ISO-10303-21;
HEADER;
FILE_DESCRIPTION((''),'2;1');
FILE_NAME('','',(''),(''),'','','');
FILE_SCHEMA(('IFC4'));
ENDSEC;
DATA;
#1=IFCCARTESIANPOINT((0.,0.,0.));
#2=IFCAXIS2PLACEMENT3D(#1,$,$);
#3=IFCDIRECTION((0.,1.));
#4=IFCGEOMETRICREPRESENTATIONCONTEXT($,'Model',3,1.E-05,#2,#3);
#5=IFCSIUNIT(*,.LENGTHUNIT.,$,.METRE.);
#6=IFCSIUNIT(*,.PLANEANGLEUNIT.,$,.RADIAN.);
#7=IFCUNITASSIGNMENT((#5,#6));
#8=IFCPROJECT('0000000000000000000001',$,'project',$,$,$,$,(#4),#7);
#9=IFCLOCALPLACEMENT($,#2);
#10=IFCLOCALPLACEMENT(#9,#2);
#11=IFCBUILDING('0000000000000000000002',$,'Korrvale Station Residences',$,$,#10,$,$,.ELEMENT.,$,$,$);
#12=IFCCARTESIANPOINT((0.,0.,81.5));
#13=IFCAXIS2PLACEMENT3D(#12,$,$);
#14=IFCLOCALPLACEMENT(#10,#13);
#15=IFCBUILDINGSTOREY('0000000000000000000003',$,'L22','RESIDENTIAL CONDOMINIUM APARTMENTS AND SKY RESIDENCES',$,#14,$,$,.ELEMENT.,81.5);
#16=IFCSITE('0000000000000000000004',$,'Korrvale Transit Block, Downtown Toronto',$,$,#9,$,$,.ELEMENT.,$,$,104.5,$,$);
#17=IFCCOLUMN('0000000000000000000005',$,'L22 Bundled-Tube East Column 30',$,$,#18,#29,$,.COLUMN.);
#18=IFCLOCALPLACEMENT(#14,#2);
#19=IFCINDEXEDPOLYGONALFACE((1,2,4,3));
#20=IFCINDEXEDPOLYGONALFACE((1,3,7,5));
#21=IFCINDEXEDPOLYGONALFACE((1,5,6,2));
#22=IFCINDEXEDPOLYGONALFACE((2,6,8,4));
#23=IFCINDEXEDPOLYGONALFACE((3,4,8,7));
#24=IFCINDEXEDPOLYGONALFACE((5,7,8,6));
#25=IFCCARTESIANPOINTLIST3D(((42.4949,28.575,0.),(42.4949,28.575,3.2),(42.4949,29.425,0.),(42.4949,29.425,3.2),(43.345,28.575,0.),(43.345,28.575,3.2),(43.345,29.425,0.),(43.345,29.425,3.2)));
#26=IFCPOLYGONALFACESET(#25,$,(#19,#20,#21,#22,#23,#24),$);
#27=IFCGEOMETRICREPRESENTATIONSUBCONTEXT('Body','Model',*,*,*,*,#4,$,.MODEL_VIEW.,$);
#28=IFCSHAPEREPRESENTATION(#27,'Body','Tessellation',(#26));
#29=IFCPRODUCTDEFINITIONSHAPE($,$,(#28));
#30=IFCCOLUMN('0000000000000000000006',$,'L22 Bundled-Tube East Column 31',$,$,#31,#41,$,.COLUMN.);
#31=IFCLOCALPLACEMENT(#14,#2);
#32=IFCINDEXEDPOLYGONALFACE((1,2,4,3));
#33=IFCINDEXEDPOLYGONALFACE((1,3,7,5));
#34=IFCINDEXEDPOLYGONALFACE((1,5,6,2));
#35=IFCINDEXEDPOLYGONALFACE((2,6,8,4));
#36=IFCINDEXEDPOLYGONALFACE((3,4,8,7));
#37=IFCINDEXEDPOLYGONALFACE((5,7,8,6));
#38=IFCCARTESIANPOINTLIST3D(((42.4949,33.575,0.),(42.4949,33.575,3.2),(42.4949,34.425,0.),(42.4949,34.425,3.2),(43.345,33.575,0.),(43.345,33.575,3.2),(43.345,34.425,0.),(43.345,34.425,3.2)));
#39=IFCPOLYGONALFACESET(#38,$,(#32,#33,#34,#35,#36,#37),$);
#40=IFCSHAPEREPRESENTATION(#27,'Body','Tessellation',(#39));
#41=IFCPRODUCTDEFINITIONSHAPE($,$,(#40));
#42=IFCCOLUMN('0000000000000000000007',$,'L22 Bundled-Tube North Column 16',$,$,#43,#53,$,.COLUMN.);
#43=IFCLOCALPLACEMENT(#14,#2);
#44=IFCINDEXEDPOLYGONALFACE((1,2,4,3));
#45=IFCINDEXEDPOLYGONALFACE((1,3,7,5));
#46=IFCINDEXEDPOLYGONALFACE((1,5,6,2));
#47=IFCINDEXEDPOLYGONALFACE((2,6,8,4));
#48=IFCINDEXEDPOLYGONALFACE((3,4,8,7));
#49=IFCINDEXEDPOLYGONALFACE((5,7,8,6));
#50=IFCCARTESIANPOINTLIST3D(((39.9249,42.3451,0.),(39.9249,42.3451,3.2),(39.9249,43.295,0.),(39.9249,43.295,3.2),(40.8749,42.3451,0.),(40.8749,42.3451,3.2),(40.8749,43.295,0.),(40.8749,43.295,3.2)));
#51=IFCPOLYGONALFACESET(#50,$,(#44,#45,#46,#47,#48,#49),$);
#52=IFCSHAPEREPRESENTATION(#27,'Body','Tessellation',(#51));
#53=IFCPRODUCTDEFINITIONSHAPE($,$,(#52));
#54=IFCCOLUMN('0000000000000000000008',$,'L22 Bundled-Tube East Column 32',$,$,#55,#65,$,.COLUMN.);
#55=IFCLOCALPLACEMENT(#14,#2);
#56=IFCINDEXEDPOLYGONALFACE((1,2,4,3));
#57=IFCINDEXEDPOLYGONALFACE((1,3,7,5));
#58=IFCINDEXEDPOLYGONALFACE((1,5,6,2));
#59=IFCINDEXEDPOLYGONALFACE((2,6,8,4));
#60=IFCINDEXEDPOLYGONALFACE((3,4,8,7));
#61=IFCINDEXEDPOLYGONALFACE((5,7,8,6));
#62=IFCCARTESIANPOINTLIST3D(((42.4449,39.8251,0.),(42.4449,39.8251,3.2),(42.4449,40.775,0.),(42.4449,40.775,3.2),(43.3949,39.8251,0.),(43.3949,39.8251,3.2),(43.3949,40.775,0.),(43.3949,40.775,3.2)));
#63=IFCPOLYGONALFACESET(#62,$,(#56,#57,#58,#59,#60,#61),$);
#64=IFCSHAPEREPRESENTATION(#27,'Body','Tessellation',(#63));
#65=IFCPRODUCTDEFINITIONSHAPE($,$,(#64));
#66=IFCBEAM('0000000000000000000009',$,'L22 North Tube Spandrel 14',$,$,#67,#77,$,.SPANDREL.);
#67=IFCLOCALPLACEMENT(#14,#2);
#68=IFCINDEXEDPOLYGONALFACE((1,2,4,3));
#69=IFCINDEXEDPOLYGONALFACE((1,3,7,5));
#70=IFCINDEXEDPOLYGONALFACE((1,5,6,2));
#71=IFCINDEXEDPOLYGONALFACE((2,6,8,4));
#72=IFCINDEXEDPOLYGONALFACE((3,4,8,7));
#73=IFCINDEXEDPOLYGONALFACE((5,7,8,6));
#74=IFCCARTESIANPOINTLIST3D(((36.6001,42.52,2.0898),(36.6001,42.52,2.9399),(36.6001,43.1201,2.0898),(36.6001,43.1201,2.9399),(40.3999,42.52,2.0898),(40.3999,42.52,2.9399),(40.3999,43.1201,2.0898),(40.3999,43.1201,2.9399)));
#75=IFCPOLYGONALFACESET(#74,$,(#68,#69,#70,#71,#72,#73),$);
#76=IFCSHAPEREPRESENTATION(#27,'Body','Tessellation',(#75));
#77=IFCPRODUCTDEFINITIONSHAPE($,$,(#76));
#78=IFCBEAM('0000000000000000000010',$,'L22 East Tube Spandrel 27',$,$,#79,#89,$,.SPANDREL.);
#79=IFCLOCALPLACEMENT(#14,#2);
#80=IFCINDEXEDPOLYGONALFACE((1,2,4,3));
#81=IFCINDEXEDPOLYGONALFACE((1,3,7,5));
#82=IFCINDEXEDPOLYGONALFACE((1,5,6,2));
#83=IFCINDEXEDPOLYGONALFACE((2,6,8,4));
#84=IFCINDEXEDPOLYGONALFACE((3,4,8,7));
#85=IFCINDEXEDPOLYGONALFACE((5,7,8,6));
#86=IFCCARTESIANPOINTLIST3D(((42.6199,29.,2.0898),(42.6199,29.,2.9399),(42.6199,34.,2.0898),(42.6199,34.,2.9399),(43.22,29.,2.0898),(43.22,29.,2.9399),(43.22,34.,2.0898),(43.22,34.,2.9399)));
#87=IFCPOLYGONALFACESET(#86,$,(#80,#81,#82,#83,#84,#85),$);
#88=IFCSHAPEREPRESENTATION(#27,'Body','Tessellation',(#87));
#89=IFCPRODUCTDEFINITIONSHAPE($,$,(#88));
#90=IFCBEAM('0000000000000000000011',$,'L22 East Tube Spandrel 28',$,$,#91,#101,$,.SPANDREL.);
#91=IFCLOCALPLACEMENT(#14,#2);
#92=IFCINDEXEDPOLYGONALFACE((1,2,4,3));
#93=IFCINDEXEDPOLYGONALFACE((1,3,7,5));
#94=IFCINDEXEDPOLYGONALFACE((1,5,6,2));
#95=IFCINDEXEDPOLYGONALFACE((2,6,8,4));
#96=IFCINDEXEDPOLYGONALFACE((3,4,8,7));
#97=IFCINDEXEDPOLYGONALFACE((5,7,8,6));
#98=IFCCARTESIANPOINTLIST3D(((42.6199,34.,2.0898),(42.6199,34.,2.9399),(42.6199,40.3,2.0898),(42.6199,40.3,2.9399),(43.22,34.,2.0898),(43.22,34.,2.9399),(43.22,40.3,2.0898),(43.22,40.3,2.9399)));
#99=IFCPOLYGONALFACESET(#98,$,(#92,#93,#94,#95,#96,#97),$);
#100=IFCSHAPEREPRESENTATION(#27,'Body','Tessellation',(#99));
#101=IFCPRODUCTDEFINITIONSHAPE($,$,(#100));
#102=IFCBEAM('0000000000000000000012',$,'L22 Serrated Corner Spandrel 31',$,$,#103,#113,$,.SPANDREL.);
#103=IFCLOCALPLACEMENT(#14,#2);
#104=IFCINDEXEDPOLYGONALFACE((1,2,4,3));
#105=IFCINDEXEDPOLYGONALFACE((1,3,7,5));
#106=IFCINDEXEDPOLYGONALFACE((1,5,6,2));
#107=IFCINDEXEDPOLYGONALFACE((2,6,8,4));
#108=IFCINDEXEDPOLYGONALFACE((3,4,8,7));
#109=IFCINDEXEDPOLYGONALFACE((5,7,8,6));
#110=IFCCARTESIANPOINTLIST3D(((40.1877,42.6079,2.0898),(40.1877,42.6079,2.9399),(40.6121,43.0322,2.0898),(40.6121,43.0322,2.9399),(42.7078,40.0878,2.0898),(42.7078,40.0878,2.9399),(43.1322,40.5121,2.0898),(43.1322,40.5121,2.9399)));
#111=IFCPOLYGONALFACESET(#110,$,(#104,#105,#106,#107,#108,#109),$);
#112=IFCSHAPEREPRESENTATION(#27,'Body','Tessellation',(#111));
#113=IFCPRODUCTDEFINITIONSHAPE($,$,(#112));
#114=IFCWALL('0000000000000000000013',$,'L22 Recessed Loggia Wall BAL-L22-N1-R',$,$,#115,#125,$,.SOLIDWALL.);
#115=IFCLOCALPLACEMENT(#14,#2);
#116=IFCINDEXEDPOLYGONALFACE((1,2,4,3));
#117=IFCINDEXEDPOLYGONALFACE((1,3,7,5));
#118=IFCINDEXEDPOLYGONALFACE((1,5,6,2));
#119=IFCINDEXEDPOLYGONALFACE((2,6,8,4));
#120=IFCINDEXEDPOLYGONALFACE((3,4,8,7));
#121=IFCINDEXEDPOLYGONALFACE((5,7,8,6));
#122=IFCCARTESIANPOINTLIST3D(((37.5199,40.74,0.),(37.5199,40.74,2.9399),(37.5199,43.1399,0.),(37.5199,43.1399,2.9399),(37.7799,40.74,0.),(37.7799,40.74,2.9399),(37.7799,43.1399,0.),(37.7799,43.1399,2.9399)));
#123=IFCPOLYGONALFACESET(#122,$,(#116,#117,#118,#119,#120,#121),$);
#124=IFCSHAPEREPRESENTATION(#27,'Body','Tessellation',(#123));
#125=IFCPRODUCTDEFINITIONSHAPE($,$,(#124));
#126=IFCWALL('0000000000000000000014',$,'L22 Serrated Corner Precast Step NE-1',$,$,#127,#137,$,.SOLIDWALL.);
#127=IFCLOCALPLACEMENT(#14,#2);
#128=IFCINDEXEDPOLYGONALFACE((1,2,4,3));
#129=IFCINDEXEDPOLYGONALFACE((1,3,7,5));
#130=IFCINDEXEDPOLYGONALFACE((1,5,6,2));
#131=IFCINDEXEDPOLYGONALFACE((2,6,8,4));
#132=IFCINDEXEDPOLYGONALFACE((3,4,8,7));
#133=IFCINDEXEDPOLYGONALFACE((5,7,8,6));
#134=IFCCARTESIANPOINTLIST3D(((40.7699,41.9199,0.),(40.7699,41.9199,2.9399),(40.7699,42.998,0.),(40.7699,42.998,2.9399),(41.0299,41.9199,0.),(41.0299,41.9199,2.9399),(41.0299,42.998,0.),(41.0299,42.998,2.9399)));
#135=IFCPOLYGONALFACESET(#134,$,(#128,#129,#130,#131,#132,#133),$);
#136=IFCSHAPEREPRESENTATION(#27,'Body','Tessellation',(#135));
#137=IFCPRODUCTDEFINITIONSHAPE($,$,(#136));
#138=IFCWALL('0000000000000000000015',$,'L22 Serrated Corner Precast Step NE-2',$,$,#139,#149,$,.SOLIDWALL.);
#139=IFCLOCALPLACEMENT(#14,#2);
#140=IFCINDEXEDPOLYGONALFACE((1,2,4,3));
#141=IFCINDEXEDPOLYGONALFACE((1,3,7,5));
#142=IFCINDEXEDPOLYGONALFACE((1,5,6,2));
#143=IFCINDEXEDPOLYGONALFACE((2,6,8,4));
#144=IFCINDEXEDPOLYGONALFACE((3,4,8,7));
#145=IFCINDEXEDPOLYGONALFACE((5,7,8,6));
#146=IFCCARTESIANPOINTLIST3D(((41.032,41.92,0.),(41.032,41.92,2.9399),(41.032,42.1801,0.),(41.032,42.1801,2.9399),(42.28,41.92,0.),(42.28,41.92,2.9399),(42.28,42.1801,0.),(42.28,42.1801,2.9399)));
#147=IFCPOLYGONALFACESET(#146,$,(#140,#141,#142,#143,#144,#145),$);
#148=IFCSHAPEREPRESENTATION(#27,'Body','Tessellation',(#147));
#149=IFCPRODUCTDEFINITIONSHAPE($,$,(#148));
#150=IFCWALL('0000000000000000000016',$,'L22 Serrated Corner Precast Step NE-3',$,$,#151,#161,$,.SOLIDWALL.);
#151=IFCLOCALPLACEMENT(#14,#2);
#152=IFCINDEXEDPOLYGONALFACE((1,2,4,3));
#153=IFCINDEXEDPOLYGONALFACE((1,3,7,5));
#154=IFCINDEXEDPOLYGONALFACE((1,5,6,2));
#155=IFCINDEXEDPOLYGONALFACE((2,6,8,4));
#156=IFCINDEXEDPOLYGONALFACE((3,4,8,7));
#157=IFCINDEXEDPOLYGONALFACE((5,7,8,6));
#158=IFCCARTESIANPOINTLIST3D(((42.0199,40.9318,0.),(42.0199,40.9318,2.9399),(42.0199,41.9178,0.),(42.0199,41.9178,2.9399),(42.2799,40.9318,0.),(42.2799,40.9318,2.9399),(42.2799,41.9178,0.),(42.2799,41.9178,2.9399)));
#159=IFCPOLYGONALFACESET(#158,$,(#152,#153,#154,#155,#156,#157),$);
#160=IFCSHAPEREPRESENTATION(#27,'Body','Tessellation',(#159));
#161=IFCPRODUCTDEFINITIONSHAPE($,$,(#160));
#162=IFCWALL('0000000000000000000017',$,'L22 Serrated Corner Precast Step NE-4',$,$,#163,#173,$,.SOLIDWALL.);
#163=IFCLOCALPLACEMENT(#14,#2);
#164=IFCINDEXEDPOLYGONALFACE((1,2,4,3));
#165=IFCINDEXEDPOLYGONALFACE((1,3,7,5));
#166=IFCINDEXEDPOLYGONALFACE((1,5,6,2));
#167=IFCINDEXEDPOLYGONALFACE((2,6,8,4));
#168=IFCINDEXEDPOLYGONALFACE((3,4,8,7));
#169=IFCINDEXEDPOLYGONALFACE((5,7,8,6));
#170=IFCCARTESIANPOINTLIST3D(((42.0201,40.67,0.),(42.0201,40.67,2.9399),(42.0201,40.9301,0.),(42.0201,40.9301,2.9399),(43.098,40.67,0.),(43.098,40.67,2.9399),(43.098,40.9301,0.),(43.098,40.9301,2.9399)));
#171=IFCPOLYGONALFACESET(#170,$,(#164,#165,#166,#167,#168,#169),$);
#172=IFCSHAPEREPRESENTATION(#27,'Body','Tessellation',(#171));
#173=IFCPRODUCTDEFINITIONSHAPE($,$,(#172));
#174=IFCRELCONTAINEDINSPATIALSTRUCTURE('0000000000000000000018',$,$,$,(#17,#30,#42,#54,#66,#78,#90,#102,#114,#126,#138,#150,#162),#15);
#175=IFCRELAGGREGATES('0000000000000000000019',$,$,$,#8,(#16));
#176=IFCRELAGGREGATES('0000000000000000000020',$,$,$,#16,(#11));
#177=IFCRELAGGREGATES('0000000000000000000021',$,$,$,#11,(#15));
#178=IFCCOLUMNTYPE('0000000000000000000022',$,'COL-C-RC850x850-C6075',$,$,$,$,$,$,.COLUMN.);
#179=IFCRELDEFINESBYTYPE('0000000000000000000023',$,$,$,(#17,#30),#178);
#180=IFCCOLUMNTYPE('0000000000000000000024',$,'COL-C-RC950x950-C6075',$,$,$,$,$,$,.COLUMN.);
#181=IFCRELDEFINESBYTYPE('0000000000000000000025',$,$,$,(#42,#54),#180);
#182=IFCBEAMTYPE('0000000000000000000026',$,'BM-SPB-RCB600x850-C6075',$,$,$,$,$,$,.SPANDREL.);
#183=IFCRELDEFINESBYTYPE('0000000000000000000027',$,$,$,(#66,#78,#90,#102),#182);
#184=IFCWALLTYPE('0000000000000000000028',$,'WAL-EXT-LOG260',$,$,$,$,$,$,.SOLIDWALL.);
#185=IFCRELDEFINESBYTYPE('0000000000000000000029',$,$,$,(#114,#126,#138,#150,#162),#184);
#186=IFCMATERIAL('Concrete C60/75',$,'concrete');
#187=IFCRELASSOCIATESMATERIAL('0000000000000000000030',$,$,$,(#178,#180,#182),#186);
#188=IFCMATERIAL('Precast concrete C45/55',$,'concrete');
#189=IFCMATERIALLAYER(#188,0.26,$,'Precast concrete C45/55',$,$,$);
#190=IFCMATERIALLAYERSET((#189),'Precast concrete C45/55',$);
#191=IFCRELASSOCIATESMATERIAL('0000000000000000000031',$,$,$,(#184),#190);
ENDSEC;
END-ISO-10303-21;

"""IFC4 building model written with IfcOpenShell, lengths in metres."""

from ifc_helpers import new_model, si_unit, direction, frame, frame_2d, origin, origin_2d, place, context, subcontext, project, spatial, rectangle, extrude, material, layer, layer_set, material_profile, profile_set, type_object, element, save


model = new_model("IFC4")

# Units and contexts
model_context = context("Model", 3, precision=1e-05, world=origin(), true_north=direction((0.0, 1.0)))
body_context = subcontext(model_context, "Body", "Model", "MODEL_VIEW")
ifc_project = project(units=[si_unit("LENGTHUNIT", "METRE"), si_unit("PLANEANGLEUNIT", "RADIAN")], contexts=[model_context])

# Site, building, storey
site_placement = place(None, origin())
site = spatial("IfcSite", under=ifc_project, at=site_placement, Name="Korrvale Transit Block, Downtown Toronto", CompositionType="ELEMENT", RefElevation=104.5)
building_placement = place(site_placement, origin())
building = spatial("IfcBuilding", under=site, at=building_placement, Name="Korrvale Station Residences", CompositionType="ELEMENT")
storey_placement = place(building_placement, frame((0.0, 0.0, 81.5)))
storey = spatial("IfcBuildingStorey", under=building, at=storey_placement, Name="L22", Description="RESIDENTIAL CONDOMINIUM APARTMENTS AND SKY RESIDENCES", CompositionType="ELEMENT", Elevation=81.5)

# Columns
ifc_material_1 = material(Name="Concrete C60/75", Category="concrete")
ifc_material_profile_1 = material_profile(ifc_material_1, rectangle(XDim=0.8501, YDim=0.8501, at=origin_2d()), Name="RC850x850")
ifc_profile_set_1 = profile_set([ifc_material_profile_1], Name="Concrete C60/75")
column_type_1 = type_object("IfcColumnType", Name="COL-C-RC850x850-C6075", PredefinedType="COLUMN", material=ifc_profile_set_1)
for number, where, z_axis, x_axis, name in (
    (1, (42.9199, 29.0, 0.0), (0.0, 0.0, 1.0), (1.0, 0.0, 0.0), "L22 Bundled-Tube East Column 30"),
    (2, (42.9199, 34.0, 0.0), (0.0, 0.0, 1.0), (1.0, 0.0, 0.0), "L22 Bundled-Tube East Column 31"),
):
    element("IfcColumn", number, at=place(storey_placement, frame(where, z_axis=z_axis, x_axis=x_axis)), inside=storey, type_object=column_type_1, Name=name, PredefinedType="COLUMN", context=body_context, shape_type="SweptSolid", body=[
        extrude(rectangle(XDim=0.8501, YDim=0.8501, at=origin_2d()), origin(), (0.0, 0.0, 1.0), 3.2),
    ])
ifc_material_profile_2 = material_profile(ifc_material_1, rectangle(XDim=0.95, YDim=0.95, at=origin_2d()), Name="RC950x950")
ifc_profile_set_2 = profile_set([ifc_material_profile_2], Name="Concrete C60/75")
column_type_2 = type_object("IfcColumnType", Name="COL-C-RC950x950-C6075", PredefinedType="COLUMN", material=ifc_profile_set_2)
for number, where, z_axis, x_axis, name in (
    (3, (40.3999, 42.8201, 0.0), (0.0, 0.0, 1.0), (1.0, 0.0, 0.0), "L22 Bundled-Tube North Column 16"),
    (4, (42.9199, 40.3, 0.0), (0.0, 0.0, 1.0), (1.0, 0.0, 0.0), "L22 Bundled-Tube East Column 32"),
):
    element("IfcColumn", number, at=place(storey_placement, frame(where, z_axis=z_axis, x_axis=x_axis)), inside=storey, type_object=column_type_2, Name=name, PredefinedType="COLUMN", context=body_context, shape_type="SweptSolid", body=[
        extrude(rectangle(XDim=0.95, YDim=0.95, at=origin_2d()), origin(), (0.0, 0.0, 1.0), 3.2),
    ])

# Beams
ifc_material_profile_3 = material_profile(ifc_material_1, rectangle(XDim=0.6001, YDim=0.8501, at=origin_2d()), Name="RCB600x850")
ifc_profile_set_3 = profile_set([ifc_material_profile_3], Name="Concrete C60/75")
beam_type = type_object("IfcBeamType", Name="BM-SPB-RCB600x850-C6075", PredefinedType="SPANDREL", material=ifc_profile_set_3)
beam_1_placement = place(storey_placement, frame((36.6001, 42.8201, 2.5149), z_axis=(1.0, 0.0, 0.0), x_axis=(0.0, 1.0, 0.0)))
element("IfcBeam", 5, at=beam_1_placement, inside=storey, type_object=beam_type, Name="L22 North Tube Spandrel 14", PredefinedType="SPANDREL", context=body_context, shape_type="SweptSolid", body=[
    extrude(rectangle(XDim=0.6001, YDim=0.8501, at=origin_2d()), origin(), (0.0, 0.0, 1.0), 3.7998),
])
beam_2_placement = place(storey_placement, frame((42.9199, 29.0, 2.5149), z_axis=(0.0, 1.0, 0.0), x_axis=(-1.0, 0.0, 0.0)))
element("IfcBeam", 6, at=beam_2_placement, inside=storey, type_object=beam_type, Name="L22 East Tube Spandrel 27", PredefinedType="SPANDREL", context=body_context, shape_type="SweptSolid", body=[
    extrude(rectangle(XDim=0.6001, YDim=0.8501, at=origin_2d()), origin(), (0.0, 0.0, 1.0), 5.0),
])
beam_3_placement = place(storey_placement, frame((42.9199, 34.0, 2.5149), z_axis=(0.0, 1.0, 0.0), x_axis=(-1.0, 0.0, 0.0)))
element("IfcBeam", 7, at=beam_3_placement, inside=storey, type_object=beam_type, Name="L22 East Tube Spandrel 28", PredefinedType="SPANDREL", context=body_context, shape_type="SweptSolid", body=[
    extrude(rectangle(XDim=0.6001, YDim=0.8501, at=origin_2d()), origin(), (0.0, 0.0, 1.0), 6.3),
])
beam_4_placement = place(storey_placement, frame((40.3999, 42.8201, 2.5149), z_axis=(0.707107, -0.707107, 0.0), x_axis=(0.707107, 0.707107, 0.0)))
element("IfcBeam", 8, at=beam_4_placement, inside=storey, type_object=beam_type, Name="L22 Serrated Corner Spandrel 31", PredefinedType="SPANDREL", context=body_context, shape_type="SweptSolid", body=[
    extrude(rectangle(XDim=0.6001, YDim=0.8501, at=origin_2d()), origin(), (0.0, 0.0, 1.0), 3.564),
])

# Walls
ifc_material_2 = material(Name="Precast concrete C45/55", Category="concrete")
ifc_layer_1 = layer(ifc_material_2, 0.26, Name="Precast concrete C45/55")
ifc_layer_set_1 = layer_set([ifc_layer_1], Name="Precast concrete C45/55")
wall_type_1 = type_object("IfcWallType", Name="WAL-EXT-LOG260", PredefinedType="SOLIDWALL", material=ifc_layer_set_1)
wall_1_placement = place(storey_placement, frame((37.6499, 40.74, 0.0), z_axis=(0.0, 0.0, 1.0), x_axis=(0.0, 1.0, 0.0)))
element("IfcWall", 9, at=wall_1_placement, inside=storey, type_object=wall_type_1, Name="L22 Recessed Loggia Wall BAL-L22-N1-R", PredefinedType="SOLIDWALL", context=body_context, shape_type="SweptSolid", body=[
    extrude(rectangle(XDim=2.3999, YDim=0.26, at=frame_2d((1.2, 0.0))), origin(), (0.0, 0.0, 1.0), 2.9399),
])
wall_2_placement = place(storey_placement, frame((40.8999, 42.998, 0.0), z_axis=(0.0, 0.0, 1.0), x_axis=(0.0, -1.0, 0.0)))
element("IfcWall", 10, at=wall_2_placement, inside=storey, type_object=wall_type_1, Name="L22 Serrated Corner Precast Step NE-1", PredefinedType="SOLIDWALL", context=body_context, shape_type="SweptSolid", body=[
    extrude(rectangle(XDim=1.0781, YDim=0.26, at=frame_2d((0.5391, 0.0))), origin(), (0.0, 0.0, 1.0), 2.9399),
])
wall_3_placement = place(storey_placement, frame((41.032, 42.05, 0.0), z_axis=(0.0, 0.0, 1.0), x_axis=(1.0, 0.0, 0.0)))
element("IfcWall", 11, at=wall_3_placement, inside=storey, type_object=wall_type_1, Name="L22 Serrated Corner Precast Step NE-2", PredefinedType="SOLIDWALL", context=body_context, shape_type="SweptSolid", body=[
    extrude(rectangle(XDim=1.248, YDim=0.26, at=frame_2d((0.624, 0.0))), origin(), (0.0, 0.0, 1.0), 2.9399),
])
wall_4_placement = place(storey_placement, frame((42.1499, 41.918, 0.0), z_axis=(0.0, 0.0, 1.0), x_axis=(0.0, -1.0, 0.0)))
element("IfcWall", 12, at=wall_4_placement, inside=storey, type_object=wall_type_1, Name="L22 Serrated Corner Precast Step NE-3", PredefinedType="SOLIDWALL", context=body_context, shape_type="SweptSolid", body=[
    extrude(rectangle(XDim=0.9861, YDim=0.26, at=frame_2d((0.4932, 0.0))), origin(), (0.0, 0.0, 1.0), 2.9399),
])
wall_5_placement = place(storey_placement, frame((42.02, 40.8, 0.0), z_axis=(0.0, 0.0, 1.0), x_axis=(1.0, 0.0, 0.0)))
element("IfcWall", 13, at=wall_5_placement, inside=storey, type_object=wall_type_1, Name="L22 Serrated Corner Precast Step NE-4", PredefinedType="SOLIDWALL", context=body_context, shape_type="SweptSolid", body=[
    extrude(rectangle(XDim=1.0779, YDim=0.26, at=frame_2d((0.5391, 0.0))), origin(), (0.0, 0.0, 1.0), 2.9399),
])

save(model, "model.ifc")
